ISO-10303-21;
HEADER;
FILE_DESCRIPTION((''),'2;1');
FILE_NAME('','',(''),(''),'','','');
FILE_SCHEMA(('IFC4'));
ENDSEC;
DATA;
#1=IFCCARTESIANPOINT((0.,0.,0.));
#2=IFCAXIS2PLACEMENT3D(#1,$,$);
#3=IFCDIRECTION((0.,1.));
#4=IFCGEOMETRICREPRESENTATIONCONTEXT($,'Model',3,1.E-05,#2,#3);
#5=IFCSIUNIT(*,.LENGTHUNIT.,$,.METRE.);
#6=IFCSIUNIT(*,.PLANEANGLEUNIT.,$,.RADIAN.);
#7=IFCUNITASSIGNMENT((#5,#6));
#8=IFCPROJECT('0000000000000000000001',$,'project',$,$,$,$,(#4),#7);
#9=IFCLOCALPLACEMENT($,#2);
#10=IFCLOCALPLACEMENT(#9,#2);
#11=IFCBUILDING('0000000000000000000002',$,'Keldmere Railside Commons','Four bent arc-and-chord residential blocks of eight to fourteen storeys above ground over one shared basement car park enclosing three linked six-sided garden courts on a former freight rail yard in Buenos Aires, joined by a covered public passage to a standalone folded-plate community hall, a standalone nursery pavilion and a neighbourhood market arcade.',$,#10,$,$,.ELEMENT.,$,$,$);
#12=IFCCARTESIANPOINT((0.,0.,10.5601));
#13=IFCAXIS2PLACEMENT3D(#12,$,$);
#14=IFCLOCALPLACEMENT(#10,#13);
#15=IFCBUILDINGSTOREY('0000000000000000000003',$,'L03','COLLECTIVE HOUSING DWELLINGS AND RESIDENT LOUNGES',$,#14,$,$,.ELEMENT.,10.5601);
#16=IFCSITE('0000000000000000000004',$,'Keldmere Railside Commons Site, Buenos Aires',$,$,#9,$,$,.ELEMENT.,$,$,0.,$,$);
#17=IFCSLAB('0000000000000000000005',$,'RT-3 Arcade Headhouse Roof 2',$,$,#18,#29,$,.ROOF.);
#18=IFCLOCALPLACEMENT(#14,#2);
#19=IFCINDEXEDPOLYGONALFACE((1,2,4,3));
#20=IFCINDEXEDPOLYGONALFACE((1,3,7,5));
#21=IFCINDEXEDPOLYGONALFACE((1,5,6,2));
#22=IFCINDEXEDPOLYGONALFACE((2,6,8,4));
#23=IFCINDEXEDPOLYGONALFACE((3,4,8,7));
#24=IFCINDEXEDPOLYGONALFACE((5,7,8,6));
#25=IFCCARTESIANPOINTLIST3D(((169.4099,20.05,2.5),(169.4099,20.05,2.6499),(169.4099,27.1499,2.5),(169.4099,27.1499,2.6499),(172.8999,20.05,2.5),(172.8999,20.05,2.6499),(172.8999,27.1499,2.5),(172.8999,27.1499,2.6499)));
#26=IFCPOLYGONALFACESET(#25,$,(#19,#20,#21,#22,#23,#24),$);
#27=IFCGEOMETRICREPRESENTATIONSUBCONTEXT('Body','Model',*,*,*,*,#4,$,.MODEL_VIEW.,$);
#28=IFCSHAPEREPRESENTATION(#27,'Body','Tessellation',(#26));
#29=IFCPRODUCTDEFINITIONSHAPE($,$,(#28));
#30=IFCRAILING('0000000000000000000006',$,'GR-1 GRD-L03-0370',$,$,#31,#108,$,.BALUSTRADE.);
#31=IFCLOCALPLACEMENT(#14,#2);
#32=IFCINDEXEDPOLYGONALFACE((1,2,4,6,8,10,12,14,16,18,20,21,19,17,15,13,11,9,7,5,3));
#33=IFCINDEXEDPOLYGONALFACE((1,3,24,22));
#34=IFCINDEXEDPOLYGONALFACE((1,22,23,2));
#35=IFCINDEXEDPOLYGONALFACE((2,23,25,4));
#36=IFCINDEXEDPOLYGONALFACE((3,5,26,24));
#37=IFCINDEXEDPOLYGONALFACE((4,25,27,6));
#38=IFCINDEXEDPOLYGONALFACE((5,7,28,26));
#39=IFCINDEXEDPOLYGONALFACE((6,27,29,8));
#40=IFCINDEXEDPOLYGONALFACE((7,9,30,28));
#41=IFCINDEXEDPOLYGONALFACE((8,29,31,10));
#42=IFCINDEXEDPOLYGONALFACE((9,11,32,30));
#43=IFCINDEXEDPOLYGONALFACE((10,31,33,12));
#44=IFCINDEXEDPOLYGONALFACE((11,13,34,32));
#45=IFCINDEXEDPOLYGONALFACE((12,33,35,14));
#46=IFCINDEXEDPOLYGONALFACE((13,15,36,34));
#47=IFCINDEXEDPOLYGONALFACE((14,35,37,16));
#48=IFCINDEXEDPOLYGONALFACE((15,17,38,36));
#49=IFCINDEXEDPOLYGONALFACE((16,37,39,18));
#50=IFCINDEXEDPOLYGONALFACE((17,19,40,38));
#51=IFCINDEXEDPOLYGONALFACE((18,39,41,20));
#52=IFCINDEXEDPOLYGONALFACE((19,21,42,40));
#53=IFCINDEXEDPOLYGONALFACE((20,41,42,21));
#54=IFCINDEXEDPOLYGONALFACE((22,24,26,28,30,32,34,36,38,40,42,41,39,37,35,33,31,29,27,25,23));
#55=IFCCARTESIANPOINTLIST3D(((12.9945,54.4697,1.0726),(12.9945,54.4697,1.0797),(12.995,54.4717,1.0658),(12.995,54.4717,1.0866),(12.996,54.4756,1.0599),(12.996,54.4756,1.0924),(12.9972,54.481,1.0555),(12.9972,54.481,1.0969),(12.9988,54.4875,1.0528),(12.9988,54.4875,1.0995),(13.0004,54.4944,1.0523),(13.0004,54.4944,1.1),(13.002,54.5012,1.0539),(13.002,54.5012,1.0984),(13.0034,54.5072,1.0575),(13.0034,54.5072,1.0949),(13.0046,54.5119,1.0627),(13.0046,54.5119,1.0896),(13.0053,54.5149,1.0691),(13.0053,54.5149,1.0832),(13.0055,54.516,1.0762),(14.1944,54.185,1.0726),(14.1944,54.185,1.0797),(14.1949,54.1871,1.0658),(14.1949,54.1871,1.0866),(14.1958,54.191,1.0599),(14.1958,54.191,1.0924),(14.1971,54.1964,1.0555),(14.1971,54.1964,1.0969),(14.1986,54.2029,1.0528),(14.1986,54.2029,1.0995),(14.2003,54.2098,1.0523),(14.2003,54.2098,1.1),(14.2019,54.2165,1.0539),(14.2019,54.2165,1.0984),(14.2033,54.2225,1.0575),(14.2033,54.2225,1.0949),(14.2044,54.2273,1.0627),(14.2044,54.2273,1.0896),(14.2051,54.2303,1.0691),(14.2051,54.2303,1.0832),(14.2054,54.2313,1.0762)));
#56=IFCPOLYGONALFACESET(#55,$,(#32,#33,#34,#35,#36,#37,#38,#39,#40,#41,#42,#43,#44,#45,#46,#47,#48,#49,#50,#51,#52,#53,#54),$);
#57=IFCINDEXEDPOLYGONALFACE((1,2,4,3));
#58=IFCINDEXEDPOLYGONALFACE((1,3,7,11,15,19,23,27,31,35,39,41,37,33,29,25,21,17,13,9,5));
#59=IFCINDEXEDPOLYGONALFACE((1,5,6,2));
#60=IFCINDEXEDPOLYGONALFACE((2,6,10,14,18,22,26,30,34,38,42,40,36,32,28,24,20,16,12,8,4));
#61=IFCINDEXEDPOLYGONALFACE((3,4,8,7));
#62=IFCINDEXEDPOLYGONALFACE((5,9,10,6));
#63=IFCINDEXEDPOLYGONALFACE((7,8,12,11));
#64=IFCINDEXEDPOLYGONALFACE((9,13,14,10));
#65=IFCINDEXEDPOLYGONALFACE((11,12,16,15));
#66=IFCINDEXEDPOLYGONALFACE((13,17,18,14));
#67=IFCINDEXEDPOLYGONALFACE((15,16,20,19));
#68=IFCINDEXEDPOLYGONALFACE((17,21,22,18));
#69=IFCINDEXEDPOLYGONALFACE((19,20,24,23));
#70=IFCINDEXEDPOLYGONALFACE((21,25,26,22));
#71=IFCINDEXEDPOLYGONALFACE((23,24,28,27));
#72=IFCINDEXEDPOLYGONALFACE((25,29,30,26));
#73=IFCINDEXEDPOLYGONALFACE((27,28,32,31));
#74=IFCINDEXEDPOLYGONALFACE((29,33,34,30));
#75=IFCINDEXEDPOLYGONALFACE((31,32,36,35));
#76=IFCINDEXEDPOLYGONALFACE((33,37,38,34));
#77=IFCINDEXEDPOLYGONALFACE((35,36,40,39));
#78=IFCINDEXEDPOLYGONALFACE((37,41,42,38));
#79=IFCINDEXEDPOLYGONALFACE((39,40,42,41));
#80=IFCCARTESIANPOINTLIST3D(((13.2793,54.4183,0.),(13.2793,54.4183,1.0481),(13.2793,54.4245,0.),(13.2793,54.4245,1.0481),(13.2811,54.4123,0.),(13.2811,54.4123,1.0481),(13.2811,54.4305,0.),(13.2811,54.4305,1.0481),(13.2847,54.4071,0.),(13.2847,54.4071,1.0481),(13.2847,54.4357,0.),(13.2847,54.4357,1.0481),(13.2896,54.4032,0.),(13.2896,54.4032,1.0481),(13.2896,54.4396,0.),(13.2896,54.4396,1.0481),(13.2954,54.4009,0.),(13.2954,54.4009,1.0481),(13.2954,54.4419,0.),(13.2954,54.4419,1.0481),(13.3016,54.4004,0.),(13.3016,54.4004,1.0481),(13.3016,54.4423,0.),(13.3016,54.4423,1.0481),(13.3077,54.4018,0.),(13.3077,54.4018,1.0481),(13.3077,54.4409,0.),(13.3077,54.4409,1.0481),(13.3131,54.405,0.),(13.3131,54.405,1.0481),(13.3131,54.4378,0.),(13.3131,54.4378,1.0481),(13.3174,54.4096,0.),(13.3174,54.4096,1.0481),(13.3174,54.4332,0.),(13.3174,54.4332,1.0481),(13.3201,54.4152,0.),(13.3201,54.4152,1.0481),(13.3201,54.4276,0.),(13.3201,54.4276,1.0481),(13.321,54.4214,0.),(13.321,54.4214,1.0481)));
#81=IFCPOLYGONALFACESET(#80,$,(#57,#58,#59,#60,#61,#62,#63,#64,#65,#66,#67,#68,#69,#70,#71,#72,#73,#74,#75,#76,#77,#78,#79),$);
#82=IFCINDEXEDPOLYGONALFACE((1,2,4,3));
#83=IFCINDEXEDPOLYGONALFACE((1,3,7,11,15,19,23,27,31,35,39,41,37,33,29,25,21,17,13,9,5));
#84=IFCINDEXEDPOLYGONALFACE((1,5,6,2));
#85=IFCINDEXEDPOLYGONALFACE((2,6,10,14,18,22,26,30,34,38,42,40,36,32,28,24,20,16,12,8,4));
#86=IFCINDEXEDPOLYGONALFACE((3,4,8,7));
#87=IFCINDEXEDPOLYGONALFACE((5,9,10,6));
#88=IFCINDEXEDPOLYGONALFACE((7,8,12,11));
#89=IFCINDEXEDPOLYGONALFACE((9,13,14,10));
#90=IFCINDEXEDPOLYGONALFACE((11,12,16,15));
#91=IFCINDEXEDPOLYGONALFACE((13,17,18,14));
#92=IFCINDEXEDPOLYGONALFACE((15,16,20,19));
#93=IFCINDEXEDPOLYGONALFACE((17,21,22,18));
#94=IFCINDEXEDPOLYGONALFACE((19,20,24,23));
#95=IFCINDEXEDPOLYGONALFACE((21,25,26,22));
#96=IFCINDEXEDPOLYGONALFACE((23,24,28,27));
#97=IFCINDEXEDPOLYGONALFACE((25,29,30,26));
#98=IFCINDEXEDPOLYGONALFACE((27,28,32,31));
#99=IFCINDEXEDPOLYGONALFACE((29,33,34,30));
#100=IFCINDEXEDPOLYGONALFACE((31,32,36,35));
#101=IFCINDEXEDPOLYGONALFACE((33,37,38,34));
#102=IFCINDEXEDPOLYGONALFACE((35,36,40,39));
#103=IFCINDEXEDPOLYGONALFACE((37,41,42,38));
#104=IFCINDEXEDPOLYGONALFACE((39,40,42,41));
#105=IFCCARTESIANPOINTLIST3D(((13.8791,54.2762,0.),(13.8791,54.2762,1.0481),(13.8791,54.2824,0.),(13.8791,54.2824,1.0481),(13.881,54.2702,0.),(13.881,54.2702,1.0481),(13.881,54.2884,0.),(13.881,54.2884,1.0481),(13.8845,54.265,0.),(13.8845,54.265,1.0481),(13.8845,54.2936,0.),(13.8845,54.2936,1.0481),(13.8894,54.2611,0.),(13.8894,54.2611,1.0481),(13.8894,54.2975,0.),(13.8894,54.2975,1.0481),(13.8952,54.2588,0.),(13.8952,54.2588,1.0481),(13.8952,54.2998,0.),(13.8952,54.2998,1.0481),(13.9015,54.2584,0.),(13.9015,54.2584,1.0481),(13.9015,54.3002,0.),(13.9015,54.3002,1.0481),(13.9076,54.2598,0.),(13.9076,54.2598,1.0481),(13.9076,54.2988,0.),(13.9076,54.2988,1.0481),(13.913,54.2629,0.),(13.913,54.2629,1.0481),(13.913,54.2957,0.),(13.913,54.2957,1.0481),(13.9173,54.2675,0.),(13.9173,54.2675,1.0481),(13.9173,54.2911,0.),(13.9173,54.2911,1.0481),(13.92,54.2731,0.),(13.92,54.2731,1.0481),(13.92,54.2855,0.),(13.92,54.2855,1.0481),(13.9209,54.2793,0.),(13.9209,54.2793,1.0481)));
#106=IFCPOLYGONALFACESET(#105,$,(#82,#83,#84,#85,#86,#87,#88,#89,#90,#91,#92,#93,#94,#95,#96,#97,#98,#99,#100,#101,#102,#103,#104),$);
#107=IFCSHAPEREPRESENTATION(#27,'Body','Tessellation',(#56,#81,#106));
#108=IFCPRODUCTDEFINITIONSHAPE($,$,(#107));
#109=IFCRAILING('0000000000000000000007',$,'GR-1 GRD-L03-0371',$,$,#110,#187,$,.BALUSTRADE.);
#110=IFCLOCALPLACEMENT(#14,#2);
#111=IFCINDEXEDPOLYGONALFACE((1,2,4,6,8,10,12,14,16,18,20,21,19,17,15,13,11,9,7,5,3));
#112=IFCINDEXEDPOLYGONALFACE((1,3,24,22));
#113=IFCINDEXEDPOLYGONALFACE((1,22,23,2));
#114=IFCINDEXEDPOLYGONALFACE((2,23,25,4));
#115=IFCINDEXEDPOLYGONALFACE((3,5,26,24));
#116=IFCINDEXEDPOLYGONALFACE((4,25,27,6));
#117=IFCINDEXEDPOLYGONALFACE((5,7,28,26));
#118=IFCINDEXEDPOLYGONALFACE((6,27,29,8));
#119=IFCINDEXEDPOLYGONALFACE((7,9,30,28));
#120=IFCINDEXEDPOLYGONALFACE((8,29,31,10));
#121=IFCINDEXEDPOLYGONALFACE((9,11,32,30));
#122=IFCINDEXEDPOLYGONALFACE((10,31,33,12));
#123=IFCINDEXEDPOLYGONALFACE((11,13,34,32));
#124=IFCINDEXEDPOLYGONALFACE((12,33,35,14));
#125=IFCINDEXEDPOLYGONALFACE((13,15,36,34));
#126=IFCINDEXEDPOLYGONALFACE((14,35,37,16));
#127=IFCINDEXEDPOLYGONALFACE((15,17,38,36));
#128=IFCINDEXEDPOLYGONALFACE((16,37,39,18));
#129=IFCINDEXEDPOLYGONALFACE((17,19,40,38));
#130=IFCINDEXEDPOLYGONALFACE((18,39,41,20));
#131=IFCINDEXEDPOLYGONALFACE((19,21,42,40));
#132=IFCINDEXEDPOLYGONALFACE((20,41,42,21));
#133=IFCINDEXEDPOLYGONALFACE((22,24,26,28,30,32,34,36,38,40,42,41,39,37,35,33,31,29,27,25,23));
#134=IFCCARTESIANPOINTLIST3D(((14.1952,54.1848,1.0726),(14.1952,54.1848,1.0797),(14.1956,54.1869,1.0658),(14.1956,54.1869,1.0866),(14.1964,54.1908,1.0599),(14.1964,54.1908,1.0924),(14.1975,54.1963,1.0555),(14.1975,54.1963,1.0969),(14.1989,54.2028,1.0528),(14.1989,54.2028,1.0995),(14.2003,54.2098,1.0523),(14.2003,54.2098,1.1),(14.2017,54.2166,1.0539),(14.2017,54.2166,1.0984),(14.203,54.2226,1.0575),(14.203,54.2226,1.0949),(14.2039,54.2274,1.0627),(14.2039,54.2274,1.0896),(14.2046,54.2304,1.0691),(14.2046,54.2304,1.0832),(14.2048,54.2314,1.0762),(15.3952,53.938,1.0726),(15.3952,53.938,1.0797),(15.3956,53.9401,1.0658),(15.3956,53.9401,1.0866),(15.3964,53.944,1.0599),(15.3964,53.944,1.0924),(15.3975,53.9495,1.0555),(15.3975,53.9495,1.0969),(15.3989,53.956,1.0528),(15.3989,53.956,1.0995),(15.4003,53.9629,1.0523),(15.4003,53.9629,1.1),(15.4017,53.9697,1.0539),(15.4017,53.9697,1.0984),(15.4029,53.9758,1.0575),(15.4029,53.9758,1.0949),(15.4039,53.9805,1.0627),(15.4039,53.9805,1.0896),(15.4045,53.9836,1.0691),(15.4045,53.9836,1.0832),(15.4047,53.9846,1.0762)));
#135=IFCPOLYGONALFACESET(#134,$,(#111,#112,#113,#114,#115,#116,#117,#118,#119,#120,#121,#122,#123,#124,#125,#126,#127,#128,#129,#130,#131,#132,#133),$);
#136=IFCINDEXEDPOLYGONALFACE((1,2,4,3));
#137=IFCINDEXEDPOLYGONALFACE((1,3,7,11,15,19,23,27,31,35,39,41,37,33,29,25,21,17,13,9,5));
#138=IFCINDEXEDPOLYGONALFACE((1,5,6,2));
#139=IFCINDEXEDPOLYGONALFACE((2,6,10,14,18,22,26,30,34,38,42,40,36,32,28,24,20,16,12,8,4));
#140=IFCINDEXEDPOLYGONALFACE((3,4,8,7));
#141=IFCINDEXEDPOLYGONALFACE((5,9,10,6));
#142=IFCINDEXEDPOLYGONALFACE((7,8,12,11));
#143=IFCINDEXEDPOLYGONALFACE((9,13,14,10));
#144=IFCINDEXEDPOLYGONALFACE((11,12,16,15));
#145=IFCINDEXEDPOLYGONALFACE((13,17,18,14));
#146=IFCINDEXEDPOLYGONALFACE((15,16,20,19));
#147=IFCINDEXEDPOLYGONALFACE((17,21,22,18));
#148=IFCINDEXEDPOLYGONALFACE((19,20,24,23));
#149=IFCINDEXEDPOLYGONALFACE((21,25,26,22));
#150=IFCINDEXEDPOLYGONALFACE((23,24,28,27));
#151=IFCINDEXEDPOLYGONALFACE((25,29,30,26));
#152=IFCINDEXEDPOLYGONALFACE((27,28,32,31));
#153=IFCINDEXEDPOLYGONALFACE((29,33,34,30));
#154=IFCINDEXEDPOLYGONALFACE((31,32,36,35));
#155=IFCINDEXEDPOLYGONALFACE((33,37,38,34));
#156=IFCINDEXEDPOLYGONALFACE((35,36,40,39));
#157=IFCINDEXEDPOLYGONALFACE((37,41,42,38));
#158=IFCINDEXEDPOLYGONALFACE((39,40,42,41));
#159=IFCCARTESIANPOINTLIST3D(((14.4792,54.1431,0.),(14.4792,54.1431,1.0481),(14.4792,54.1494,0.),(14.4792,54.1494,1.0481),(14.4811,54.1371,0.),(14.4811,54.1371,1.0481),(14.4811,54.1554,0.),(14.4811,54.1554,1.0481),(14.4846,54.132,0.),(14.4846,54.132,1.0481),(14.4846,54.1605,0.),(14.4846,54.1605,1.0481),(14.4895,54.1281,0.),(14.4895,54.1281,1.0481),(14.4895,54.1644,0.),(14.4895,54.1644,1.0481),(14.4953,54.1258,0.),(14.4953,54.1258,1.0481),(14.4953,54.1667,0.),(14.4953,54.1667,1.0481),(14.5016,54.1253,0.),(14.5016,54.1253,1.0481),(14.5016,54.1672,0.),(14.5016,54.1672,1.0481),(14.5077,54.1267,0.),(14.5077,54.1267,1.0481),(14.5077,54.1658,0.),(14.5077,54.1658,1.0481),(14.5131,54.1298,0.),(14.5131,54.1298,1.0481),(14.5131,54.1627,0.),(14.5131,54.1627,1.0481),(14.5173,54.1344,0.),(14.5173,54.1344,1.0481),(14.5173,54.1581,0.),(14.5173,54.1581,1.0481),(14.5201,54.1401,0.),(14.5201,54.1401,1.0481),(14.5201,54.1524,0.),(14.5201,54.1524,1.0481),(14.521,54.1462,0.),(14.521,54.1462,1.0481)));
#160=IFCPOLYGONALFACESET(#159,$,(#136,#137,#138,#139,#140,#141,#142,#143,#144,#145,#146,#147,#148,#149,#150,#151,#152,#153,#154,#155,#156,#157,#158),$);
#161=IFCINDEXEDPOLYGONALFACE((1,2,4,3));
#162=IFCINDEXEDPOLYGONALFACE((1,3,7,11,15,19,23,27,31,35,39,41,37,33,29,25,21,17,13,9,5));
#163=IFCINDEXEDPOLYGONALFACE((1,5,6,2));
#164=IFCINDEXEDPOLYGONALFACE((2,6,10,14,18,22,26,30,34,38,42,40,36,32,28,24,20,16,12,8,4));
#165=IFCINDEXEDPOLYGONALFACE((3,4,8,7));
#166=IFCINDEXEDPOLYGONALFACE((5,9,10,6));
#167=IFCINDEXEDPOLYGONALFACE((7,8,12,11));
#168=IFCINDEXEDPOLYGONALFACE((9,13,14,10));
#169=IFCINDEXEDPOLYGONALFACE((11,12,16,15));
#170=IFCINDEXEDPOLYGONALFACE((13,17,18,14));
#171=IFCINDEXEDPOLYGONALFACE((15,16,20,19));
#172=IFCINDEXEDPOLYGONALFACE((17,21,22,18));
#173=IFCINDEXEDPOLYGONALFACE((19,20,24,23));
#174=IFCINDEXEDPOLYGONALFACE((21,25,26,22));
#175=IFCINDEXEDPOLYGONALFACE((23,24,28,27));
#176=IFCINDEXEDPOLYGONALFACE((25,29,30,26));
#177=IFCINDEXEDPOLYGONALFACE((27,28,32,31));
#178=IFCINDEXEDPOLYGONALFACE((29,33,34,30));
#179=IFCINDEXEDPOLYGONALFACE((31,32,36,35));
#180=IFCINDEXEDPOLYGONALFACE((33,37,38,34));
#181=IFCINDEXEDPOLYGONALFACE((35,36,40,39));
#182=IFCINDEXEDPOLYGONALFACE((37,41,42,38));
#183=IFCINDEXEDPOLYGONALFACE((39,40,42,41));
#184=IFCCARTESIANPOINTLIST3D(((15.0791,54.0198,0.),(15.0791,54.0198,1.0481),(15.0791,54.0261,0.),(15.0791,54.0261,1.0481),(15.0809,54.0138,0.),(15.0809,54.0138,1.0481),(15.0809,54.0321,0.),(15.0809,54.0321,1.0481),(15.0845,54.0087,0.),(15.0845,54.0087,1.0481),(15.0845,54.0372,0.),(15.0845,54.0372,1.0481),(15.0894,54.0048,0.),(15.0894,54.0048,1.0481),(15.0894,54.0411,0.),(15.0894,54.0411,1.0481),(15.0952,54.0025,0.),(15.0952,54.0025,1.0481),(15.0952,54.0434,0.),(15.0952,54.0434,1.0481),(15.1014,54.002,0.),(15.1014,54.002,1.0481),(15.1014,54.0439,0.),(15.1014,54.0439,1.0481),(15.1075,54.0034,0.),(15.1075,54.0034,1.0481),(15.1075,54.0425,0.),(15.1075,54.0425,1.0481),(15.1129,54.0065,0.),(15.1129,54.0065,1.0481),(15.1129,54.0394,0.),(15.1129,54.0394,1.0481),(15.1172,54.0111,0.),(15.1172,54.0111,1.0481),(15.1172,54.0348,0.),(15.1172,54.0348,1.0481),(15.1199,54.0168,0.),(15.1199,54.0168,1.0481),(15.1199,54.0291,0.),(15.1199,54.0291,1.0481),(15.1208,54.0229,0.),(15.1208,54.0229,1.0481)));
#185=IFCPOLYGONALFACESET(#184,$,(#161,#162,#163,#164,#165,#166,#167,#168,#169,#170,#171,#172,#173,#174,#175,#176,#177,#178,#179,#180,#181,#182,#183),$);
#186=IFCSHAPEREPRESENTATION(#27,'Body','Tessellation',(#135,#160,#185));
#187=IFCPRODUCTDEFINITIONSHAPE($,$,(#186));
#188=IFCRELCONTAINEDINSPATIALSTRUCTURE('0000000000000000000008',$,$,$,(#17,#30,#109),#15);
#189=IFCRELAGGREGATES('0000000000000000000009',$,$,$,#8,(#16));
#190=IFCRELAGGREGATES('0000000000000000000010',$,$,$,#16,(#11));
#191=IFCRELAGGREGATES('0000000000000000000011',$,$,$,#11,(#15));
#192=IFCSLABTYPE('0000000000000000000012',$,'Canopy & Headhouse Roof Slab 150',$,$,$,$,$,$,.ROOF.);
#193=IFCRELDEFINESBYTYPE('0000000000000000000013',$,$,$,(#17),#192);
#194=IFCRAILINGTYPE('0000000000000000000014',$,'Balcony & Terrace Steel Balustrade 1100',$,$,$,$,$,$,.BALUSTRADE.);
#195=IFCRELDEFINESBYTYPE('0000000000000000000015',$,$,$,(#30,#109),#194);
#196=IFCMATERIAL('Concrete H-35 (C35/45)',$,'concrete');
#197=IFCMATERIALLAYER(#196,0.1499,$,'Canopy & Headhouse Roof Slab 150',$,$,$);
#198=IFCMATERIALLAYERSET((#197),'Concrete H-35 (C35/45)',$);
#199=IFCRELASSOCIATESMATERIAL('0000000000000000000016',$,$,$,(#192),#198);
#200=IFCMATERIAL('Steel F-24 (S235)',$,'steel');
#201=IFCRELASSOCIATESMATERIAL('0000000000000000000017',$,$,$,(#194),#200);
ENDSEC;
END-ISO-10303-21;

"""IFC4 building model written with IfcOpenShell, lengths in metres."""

from ifc_helpers import new_model, si_unit, direction, frame, origin, origin_2d, place, context, subcontext, project, spatial, polyline, circle, outline, extrude, material, layer, layer_set, type_object, element, save


model = new_model("IFC4")

# Units and contexts
model_context = context("Model", 3, precision=1e-05, world=origin(), true_north=direction((0.0, 1.0)))
body_context = subcontext(model_context, "Body", "Model", "MODEL_VIEW")
ifc_project = project(units=[si_unit("LENGTHUNIT", "METRE"), si_unit("PLANEANGLEUNIT", "RADIAN")], contexts=[model_context])

# Site, building, storey
site_placement = place(None, origin())
site = spatial("IfcSite", under=ifc_project, at=site_placement, Name="Keldmere Railside Commons Site, Buenos Aires", CompositionType="ELEMENT", RefElevation=0.0)
building_placement = place(site_placement, origin())
building = spatial("IfcBuilding", under=site, at=building_placement, Name="Keldmere Railside Commons", Description="Four bent arc-and-chord residential blocks of eight to fourteen storeys above ground over one shared basement car park enclosing three linked six-sided garden courts on a former freight rail yard in Buenos Aires, joined by a covered public passage to a standalone folded-plate community hall, a standalone nursery pavilion and a neighbourhood market arcade.", CompositionType="ELEMENT")
storey_placement = place(building_placement, frame((0.0, 0.0, 10.5601)))
storey = spatial("IfcBuildingStorey", under=building, at=storey_placement, Name="L03", Description="COLLECTIVE HOUSING DWELLINGS AND RESIDENT LOUNGES", CompositionType="ELEMENT", Elevation=10.5601)

# Slab
ifc_material_1 = material(Name="Concrete H-35 (C35/45)", Category="concrete")
ifc_layer_1 = layer(ifc_material_1, 0.1499, Name="Canopy & Headhouse Roof Slab 150")
ifc_layer_set_1 = layer_set([ifc_layer_1], Name="Concrete H-35 (C35/45)")
slab_type = type_object("IfcSlabType", Name="Canopy & Headhouse Roof Slab 150", PredefinedType="ROOF", material=ifc_layer_set_1)
slab_placement = place(storey_placement, frame((0.0, 0.0, 2.5)))
element("IfcSlab", 1, at=slab_placement, inside=storey, type_object=slab_type, Name="RT-3 Arcade Headhouse Roof 2", PredefinedType="ROOF", context=body_context, shape_type="SweptSolid", body=[
    extrude(outline(polyline([(169.4099, 20.05), (172.8999, 20.05), (172.8999, 27.1499), (169.4099, 27.1499), (169.4099, 20.05)])), origin(), (0.0, 0.0, 1.0), 0.1499),
])

# Railings
ifc_material_2 = material(Name="Steel F-24 (S235)", Category="steel")
railing_type = type_object("IfcRailingType", Name="Balcony & Terrace Steel Balustrade 1100", PredefinedType="BALUSTRADE", material=ifc_material_2)
railing_1_placement = place(storey_placement, frame((13.0, 54.4927, 0.0)))
element("IfcRailing", 2, at=railing_1_placement, inside=storey, type_object=railing_type, Name="GR-1 GRD-L03-0370", PredefinedType="BALUSTRADE", context=body_context, shape_type="SweptSolid", body=[
    extrude(circle(Radius=0.0239, at=origin_2d()), frame((0.0, 0.0, 1.0762), z_axis=(0.972995, -0.230826, 0.0), x_axis=(0.230826, 0.972995, 0.0)), (0.0, 0.0, 1.0), 1.2332),
    extrude(circle(Radius=0.021, at=origin_2d()), frame((0.3, -0.0713, 0.0)), (0.0, 0.0, 1.0), 1.0481),
    extrude(circle(Radius=0.021, at=origin_2d()), frame((0.8999, -0.2134, 0.0)), (0.0, 0.0, 1.0), 1.0481),
])
railing_2_placement = place(storey_placement, frame((14.2, 54.208, 0.0)))
element("IfcRailing", 3, at=railing_2_placement, inside=storey, type_object=railing_type, Name="GR-1 GRD-L03-0371", PredefinedType="BALUSTRADE", context=body_context, shape_type="SweptSolid", body=[
    extrude(circle(Radius=0.0239, at=origin_2d()), frame((0.0, 0.0, 1.0762), z_axis=(0.979493, -0.201479, 0.0), x_axis=(0.201479, 0.979493, 0.0)), (0.0, 0.0, 1.0), 1.2251),
    extrude(circle(Radius=0.021, at=origin_2d()), frame((0.3, -0.0618, 0.0)), (0.0, 0.0, 1.0), 1.0481),
    extrude(circle(Radius=0.021, at=origin_2d()), frame((0.8999, -0.1851, 0.0)), (0.0, 0.0, 1.0), 1.0481),
])

save(model, "model.ifc")
